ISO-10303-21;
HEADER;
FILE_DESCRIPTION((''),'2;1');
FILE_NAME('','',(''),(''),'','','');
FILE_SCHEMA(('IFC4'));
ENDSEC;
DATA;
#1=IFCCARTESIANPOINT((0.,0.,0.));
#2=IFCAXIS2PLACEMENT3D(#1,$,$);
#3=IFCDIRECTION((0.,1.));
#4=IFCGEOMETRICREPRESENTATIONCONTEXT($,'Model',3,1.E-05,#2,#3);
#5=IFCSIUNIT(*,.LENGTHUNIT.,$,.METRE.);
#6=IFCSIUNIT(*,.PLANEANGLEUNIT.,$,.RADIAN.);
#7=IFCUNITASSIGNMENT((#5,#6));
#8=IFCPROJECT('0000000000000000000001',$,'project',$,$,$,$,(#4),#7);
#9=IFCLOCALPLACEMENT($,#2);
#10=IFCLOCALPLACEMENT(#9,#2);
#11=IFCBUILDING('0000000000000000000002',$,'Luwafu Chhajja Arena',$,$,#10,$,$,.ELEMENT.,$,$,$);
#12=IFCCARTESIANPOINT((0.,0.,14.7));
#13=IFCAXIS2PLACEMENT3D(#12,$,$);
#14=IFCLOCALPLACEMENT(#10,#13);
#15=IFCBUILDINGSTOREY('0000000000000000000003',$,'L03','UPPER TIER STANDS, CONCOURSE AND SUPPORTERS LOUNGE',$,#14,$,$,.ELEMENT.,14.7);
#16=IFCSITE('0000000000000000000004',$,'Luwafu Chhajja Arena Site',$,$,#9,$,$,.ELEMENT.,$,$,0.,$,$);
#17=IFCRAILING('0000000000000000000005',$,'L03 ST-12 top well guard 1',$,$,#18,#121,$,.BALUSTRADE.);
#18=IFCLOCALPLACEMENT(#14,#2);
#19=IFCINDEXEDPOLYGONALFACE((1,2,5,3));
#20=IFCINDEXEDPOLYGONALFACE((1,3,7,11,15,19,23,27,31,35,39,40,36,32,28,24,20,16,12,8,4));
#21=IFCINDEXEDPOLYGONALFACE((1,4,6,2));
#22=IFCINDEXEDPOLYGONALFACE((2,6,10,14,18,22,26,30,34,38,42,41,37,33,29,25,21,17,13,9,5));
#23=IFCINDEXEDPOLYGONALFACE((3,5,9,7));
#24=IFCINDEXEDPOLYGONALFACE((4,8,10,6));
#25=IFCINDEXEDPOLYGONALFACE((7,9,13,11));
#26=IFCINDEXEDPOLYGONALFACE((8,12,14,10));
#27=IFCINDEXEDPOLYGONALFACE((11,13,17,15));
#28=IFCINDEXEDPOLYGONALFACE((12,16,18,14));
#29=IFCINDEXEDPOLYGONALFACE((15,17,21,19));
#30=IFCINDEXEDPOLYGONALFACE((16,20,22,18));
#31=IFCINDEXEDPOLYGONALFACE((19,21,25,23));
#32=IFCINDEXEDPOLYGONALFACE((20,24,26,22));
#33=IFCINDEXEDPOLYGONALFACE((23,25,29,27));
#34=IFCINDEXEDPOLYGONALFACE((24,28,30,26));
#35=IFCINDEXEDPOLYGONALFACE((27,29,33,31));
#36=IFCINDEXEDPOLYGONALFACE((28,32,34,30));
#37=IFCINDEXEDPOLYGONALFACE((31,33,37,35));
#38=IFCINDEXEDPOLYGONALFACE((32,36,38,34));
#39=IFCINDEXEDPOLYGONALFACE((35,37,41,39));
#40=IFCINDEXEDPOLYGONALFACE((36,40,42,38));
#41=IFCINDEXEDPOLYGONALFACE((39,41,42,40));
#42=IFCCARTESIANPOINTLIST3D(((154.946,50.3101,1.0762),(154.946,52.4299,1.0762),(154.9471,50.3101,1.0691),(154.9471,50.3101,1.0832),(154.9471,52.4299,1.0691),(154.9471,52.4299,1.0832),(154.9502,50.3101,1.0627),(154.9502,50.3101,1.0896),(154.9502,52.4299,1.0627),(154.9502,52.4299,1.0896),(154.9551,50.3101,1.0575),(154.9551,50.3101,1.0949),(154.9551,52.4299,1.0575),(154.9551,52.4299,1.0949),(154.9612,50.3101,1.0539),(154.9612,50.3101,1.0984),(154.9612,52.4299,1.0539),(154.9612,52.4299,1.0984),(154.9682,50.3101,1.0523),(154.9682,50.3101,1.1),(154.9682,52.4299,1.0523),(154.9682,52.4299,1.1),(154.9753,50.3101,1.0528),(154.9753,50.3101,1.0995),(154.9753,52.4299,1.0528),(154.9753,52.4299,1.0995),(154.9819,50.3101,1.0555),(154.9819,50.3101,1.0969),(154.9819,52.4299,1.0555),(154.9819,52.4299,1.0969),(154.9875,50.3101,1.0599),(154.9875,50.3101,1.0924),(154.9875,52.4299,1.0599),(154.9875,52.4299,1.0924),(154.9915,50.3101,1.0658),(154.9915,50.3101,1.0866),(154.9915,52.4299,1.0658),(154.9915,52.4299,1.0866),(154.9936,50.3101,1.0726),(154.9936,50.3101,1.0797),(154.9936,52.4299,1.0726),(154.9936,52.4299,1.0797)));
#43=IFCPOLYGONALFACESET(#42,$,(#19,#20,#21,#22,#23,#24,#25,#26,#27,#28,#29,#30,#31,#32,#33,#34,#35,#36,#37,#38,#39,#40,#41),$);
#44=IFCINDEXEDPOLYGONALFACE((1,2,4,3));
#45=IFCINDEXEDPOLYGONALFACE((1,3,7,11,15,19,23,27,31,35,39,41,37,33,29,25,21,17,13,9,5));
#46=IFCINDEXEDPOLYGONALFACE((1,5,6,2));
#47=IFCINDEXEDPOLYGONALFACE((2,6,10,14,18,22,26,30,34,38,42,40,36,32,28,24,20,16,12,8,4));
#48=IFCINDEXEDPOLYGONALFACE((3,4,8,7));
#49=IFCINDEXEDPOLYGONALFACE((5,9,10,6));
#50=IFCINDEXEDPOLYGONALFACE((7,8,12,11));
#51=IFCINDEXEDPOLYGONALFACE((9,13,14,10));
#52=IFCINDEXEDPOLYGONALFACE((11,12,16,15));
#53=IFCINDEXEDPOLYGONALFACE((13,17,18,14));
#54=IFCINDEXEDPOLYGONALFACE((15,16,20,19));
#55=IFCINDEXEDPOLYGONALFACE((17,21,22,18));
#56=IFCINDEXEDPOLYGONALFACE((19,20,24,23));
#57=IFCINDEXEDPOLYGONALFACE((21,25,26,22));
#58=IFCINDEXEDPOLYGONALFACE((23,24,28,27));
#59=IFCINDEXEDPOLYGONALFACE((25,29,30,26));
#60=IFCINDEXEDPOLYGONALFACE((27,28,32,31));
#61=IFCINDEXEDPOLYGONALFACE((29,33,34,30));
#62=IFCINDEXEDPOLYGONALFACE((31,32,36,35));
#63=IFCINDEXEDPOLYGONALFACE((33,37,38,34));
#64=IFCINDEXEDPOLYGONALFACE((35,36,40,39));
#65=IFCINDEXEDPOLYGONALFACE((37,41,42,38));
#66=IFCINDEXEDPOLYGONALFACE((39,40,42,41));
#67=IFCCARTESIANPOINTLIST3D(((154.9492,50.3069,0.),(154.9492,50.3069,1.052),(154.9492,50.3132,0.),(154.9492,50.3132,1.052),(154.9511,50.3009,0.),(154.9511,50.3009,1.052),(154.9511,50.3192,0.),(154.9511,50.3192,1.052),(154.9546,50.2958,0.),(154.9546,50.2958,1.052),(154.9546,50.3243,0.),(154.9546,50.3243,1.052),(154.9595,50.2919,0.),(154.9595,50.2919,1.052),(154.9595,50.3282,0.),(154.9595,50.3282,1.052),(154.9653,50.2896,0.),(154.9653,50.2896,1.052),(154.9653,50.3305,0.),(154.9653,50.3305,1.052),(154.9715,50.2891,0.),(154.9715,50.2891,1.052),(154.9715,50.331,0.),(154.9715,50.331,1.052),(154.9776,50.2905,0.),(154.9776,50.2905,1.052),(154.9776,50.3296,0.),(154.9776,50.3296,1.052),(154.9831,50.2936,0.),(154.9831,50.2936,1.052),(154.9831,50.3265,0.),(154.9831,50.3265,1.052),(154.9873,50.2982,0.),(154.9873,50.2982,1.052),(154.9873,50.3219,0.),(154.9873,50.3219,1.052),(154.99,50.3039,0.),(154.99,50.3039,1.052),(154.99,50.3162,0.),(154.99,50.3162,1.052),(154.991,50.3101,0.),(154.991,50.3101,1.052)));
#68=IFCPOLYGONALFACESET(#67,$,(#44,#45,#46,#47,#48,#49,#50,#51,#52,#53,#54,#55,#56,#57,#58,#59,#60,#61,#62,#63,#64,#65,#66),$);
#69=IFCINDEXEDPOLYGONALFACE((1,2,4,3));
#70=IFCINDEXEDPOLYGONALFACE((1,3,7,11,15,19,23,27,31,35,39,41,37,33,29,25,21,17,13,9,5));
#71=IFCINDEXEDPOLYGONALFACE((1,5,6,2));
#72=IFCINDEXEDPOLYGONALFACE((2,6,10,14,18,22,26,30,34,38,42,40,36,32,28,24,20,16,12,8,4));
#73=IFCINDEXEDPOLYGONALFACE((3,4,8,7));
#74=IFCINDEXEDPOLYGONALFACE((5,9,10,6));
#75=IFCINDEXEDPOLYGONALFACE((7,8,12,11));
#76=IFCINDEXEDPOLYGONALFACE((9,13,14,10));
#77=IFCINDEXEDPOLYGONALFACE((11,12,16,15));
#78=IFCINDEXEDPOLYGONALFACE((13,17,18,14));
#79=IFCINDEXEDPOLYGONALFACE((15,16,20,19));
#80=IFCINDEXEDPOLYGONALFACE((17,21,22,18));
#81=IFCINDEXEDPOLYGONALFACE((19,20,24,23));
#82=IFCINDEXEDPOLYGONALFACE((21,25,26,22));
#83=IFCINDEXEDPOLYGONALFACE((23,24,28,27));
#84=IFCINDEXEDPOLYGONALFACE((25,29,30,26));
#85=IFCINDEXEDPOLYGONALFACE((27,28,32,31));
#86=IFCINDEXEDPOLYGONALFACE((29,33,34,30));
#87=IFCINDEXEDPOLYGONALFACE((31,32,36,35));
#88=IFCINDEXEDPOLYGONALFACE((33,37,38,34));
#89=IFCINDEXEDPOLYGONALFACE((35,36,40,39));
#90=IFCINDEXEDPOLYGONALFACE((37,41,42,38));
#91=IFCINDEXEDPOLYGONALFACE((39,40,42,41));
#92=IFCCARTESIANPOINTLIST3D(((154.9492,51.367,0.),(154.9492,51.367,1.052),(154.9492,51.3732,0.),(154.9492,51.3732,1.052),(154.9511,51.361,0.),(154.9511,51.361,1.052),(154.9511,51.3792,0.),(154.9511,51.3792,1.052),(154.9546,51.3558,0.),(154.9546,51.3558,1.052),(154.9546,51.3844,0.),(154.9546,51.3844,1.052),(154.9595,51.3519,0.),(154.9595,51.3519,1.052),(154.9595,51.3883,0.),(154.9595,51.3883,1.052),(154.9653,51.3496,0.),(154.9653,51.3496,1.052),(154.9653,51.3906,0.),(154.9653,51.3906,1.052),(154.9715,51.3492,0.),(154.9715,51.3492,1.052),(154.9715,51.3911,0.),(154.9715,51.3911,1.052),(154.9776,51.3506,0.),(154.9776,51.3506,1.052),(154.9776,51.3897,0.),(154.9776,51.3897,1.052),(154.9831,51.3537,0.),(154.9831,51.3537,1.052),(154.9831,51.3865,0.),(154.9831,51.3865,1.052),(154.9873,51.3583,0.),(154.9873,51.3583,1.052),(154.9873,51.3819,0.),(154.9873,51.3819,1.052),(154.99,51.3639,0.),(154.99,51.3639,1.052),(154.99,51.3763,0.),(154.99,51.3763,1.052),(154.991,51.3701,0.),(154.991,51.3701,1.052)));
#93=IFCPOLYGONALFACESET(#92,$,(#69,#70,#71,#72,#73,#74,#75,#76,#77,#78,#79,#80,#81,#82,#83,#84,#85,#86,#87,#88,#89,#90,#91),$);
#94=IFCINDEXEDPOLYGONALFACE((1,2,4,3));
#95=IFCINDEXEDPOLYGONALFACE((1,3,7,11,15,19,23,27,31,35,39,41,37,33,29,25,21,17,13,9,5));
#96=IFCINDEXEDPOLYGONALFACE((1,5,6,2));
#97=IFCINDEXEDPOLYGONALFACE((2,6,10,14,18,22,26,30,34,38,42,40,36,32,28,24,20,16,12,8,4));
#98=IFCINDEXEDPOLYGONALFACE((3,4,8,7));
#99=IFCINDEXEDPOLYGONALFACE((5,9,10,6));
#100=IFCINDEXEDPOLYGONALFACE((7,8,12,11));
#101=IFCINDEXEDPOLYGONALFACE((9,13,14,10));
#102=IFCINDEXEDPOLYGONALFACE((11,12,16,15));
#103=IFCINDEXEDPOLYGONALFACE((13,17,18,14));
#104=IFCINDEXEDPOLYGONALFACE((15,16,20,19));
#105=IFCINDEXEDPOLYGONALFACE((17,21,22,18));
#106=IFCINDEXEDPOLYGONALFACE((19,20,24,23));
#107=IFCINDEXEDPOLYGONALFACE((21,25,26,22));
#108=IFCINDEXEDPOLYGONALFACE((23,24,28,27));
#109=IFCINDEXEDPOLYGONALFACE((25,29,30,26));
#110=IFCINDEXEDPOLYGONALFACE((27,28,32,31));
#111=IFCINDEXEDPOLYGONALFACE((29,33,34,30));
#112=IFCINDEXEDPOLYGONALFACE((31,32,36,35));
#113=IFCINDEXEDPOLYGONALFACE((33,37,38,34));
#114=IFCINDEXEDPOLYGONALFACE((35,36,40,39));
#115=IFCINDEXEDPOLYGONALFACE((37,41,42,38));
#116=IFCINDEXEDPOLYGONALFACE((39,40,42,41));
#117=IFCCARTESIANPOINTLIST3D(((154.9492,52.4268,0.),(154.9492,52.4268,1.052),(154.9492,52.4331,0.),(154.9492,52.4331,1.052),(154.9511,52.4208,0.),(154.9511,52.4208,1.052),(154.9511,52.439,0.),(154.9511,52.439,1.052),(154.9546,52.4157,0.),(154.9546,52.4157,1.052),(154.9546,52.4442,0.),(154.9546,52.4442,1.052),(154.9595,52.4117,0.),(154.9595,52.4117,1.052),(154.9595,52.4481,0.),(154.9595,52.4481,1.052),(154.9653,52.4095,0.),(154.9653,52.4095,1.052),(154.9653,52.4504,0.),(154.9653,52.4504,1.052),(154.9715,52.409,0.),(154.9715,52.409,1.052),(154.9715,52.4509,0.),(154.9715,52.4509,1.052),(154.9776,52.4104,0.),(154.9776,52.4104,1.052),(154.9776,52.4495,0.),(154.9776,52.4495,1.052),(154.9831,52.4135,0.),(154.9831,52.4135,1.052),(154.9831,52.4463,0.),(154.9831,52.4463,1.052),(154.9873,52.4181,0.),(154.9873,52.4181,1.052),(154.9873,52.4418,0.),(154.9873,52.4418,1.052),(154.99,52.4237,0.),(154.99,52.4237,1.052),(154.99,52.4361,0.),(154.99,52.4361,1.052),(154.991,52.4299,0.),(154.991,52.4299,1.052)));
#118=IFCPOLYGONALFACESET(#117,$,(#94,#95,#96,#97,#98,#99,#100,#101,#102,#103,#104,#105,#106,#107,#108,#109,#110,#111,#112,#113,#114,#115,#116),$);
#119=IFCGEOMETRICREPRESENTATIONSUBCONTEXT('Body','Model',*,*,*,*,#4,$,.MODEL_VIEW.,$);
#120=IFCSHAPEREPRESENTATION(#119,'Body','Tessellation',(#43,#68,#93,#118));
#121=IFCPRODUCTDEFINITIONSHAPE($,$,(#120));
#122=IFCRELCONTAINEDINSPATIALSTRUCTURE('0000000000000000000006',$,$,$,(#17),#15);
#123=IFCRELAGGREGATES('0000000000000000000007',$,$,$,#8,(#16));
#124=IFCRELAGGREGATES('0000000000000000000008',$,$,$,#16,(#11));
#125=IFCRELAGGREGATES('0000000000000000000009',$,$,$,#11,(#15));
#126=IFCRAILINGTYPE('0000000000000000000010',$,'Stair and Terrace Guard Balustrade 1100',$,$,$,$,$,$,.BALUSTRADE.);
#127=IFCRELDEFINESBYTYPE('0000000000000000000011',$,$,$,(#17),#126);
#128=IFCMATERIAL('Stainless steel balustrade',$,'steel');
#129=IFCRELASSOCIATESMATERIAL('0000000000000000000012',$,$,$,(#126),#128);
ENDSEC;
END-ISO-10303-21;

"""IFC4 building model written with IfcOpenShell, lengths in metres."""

from ifc_helpers import new_model, si_unit, direction, frame, origin, origin_2d, place, context, subcontext, project, spatial, circle, extrude, material, type_object, element, save


model = new_model("IFC4")

# Units and contexts
model_context = context("Model", 3, precision=1e-05, world=origin(), true_north=direction((0.0, 1.0)))
body_context = subcontext(model_context, "Body", "Model", "MODEL_VIEW")
ifc_project = project(units=[si_unit("LENGTHUNIT", "METRE"), si_unit("PLANEANGLEUNIT", "RADIAN")], contexts=[model_context])

# Site, building, storey
site_placement = place(None, origin())
site = spatial("IfcSite", under=ifc_project, at=site_placement, Name="Luwafu Chhajja Arena Site", CompositionType="ELEMENT", RefElevation=0.0)
building_placement = place(site_placement, origin())
building = spatial("IfcBuilding", under=site, at=building_placement, Name="Luwafu Chhajja Arena", CompositionType="ELEMENT")
storey_placement = place(building_placement, frame((0.0, 0.0, 14.7)))
storey = spatial("IfcBuildingStorey", under=building, at=storey_placement, Name="L03", Description="UPPER TIER STANDS, CONCOURSE AND SUPPORTERS LOUNGE", CompositionType="ELEMENT", Elevation=14.7)

# Railing
ifc_material_1 = material(Name="Stainless steel balustrade", Category="steel")
railing_type = type_object("IfcRailingType", Name="Stair and Terrace Guard Balustrade 1100", PredefinedType="BALUSTRADE", material=ifc_material_1)
railing_1_placement = place(storey_placement, frame((154.97, 50.3101, 0.0)))
element("IfcRailing", 1, at=railing_1_placement, inside=storey, type_object=railing_type, Name="L03 ST-12 top well guard 1", PredefinedType="BALUSTRADE", context=body_context, shape_type="SweptSolid", body=[
    extrude(circle(Radius=0.0239, at=origin_2d()), frame((0.0, 0.0, 1.0762), z_axis=(0.0, 1.0, 0.0), x_axis=(-1.0, 0.0, 0.0)), (0.0, 0.0, 1.0), 2.1199),
    extrude(circle(Radius=0.021, at=origin_2d()), origin(), (0.0, 0.0, 1.0), 1.052),
    extrude(circle(Radius=0.021, at=origin_2d()), frame((0.0, 1.0601, 0.0)), (0.0, 0.0, 1.0), 1.052),
    extrude(circle(Radius=0.021, at=origin_2d()), frame((0.0, 2.1199, 0.0)), (0.0, 0.0, 1.0), 1.052),
])

save(model, "model.ifc")
